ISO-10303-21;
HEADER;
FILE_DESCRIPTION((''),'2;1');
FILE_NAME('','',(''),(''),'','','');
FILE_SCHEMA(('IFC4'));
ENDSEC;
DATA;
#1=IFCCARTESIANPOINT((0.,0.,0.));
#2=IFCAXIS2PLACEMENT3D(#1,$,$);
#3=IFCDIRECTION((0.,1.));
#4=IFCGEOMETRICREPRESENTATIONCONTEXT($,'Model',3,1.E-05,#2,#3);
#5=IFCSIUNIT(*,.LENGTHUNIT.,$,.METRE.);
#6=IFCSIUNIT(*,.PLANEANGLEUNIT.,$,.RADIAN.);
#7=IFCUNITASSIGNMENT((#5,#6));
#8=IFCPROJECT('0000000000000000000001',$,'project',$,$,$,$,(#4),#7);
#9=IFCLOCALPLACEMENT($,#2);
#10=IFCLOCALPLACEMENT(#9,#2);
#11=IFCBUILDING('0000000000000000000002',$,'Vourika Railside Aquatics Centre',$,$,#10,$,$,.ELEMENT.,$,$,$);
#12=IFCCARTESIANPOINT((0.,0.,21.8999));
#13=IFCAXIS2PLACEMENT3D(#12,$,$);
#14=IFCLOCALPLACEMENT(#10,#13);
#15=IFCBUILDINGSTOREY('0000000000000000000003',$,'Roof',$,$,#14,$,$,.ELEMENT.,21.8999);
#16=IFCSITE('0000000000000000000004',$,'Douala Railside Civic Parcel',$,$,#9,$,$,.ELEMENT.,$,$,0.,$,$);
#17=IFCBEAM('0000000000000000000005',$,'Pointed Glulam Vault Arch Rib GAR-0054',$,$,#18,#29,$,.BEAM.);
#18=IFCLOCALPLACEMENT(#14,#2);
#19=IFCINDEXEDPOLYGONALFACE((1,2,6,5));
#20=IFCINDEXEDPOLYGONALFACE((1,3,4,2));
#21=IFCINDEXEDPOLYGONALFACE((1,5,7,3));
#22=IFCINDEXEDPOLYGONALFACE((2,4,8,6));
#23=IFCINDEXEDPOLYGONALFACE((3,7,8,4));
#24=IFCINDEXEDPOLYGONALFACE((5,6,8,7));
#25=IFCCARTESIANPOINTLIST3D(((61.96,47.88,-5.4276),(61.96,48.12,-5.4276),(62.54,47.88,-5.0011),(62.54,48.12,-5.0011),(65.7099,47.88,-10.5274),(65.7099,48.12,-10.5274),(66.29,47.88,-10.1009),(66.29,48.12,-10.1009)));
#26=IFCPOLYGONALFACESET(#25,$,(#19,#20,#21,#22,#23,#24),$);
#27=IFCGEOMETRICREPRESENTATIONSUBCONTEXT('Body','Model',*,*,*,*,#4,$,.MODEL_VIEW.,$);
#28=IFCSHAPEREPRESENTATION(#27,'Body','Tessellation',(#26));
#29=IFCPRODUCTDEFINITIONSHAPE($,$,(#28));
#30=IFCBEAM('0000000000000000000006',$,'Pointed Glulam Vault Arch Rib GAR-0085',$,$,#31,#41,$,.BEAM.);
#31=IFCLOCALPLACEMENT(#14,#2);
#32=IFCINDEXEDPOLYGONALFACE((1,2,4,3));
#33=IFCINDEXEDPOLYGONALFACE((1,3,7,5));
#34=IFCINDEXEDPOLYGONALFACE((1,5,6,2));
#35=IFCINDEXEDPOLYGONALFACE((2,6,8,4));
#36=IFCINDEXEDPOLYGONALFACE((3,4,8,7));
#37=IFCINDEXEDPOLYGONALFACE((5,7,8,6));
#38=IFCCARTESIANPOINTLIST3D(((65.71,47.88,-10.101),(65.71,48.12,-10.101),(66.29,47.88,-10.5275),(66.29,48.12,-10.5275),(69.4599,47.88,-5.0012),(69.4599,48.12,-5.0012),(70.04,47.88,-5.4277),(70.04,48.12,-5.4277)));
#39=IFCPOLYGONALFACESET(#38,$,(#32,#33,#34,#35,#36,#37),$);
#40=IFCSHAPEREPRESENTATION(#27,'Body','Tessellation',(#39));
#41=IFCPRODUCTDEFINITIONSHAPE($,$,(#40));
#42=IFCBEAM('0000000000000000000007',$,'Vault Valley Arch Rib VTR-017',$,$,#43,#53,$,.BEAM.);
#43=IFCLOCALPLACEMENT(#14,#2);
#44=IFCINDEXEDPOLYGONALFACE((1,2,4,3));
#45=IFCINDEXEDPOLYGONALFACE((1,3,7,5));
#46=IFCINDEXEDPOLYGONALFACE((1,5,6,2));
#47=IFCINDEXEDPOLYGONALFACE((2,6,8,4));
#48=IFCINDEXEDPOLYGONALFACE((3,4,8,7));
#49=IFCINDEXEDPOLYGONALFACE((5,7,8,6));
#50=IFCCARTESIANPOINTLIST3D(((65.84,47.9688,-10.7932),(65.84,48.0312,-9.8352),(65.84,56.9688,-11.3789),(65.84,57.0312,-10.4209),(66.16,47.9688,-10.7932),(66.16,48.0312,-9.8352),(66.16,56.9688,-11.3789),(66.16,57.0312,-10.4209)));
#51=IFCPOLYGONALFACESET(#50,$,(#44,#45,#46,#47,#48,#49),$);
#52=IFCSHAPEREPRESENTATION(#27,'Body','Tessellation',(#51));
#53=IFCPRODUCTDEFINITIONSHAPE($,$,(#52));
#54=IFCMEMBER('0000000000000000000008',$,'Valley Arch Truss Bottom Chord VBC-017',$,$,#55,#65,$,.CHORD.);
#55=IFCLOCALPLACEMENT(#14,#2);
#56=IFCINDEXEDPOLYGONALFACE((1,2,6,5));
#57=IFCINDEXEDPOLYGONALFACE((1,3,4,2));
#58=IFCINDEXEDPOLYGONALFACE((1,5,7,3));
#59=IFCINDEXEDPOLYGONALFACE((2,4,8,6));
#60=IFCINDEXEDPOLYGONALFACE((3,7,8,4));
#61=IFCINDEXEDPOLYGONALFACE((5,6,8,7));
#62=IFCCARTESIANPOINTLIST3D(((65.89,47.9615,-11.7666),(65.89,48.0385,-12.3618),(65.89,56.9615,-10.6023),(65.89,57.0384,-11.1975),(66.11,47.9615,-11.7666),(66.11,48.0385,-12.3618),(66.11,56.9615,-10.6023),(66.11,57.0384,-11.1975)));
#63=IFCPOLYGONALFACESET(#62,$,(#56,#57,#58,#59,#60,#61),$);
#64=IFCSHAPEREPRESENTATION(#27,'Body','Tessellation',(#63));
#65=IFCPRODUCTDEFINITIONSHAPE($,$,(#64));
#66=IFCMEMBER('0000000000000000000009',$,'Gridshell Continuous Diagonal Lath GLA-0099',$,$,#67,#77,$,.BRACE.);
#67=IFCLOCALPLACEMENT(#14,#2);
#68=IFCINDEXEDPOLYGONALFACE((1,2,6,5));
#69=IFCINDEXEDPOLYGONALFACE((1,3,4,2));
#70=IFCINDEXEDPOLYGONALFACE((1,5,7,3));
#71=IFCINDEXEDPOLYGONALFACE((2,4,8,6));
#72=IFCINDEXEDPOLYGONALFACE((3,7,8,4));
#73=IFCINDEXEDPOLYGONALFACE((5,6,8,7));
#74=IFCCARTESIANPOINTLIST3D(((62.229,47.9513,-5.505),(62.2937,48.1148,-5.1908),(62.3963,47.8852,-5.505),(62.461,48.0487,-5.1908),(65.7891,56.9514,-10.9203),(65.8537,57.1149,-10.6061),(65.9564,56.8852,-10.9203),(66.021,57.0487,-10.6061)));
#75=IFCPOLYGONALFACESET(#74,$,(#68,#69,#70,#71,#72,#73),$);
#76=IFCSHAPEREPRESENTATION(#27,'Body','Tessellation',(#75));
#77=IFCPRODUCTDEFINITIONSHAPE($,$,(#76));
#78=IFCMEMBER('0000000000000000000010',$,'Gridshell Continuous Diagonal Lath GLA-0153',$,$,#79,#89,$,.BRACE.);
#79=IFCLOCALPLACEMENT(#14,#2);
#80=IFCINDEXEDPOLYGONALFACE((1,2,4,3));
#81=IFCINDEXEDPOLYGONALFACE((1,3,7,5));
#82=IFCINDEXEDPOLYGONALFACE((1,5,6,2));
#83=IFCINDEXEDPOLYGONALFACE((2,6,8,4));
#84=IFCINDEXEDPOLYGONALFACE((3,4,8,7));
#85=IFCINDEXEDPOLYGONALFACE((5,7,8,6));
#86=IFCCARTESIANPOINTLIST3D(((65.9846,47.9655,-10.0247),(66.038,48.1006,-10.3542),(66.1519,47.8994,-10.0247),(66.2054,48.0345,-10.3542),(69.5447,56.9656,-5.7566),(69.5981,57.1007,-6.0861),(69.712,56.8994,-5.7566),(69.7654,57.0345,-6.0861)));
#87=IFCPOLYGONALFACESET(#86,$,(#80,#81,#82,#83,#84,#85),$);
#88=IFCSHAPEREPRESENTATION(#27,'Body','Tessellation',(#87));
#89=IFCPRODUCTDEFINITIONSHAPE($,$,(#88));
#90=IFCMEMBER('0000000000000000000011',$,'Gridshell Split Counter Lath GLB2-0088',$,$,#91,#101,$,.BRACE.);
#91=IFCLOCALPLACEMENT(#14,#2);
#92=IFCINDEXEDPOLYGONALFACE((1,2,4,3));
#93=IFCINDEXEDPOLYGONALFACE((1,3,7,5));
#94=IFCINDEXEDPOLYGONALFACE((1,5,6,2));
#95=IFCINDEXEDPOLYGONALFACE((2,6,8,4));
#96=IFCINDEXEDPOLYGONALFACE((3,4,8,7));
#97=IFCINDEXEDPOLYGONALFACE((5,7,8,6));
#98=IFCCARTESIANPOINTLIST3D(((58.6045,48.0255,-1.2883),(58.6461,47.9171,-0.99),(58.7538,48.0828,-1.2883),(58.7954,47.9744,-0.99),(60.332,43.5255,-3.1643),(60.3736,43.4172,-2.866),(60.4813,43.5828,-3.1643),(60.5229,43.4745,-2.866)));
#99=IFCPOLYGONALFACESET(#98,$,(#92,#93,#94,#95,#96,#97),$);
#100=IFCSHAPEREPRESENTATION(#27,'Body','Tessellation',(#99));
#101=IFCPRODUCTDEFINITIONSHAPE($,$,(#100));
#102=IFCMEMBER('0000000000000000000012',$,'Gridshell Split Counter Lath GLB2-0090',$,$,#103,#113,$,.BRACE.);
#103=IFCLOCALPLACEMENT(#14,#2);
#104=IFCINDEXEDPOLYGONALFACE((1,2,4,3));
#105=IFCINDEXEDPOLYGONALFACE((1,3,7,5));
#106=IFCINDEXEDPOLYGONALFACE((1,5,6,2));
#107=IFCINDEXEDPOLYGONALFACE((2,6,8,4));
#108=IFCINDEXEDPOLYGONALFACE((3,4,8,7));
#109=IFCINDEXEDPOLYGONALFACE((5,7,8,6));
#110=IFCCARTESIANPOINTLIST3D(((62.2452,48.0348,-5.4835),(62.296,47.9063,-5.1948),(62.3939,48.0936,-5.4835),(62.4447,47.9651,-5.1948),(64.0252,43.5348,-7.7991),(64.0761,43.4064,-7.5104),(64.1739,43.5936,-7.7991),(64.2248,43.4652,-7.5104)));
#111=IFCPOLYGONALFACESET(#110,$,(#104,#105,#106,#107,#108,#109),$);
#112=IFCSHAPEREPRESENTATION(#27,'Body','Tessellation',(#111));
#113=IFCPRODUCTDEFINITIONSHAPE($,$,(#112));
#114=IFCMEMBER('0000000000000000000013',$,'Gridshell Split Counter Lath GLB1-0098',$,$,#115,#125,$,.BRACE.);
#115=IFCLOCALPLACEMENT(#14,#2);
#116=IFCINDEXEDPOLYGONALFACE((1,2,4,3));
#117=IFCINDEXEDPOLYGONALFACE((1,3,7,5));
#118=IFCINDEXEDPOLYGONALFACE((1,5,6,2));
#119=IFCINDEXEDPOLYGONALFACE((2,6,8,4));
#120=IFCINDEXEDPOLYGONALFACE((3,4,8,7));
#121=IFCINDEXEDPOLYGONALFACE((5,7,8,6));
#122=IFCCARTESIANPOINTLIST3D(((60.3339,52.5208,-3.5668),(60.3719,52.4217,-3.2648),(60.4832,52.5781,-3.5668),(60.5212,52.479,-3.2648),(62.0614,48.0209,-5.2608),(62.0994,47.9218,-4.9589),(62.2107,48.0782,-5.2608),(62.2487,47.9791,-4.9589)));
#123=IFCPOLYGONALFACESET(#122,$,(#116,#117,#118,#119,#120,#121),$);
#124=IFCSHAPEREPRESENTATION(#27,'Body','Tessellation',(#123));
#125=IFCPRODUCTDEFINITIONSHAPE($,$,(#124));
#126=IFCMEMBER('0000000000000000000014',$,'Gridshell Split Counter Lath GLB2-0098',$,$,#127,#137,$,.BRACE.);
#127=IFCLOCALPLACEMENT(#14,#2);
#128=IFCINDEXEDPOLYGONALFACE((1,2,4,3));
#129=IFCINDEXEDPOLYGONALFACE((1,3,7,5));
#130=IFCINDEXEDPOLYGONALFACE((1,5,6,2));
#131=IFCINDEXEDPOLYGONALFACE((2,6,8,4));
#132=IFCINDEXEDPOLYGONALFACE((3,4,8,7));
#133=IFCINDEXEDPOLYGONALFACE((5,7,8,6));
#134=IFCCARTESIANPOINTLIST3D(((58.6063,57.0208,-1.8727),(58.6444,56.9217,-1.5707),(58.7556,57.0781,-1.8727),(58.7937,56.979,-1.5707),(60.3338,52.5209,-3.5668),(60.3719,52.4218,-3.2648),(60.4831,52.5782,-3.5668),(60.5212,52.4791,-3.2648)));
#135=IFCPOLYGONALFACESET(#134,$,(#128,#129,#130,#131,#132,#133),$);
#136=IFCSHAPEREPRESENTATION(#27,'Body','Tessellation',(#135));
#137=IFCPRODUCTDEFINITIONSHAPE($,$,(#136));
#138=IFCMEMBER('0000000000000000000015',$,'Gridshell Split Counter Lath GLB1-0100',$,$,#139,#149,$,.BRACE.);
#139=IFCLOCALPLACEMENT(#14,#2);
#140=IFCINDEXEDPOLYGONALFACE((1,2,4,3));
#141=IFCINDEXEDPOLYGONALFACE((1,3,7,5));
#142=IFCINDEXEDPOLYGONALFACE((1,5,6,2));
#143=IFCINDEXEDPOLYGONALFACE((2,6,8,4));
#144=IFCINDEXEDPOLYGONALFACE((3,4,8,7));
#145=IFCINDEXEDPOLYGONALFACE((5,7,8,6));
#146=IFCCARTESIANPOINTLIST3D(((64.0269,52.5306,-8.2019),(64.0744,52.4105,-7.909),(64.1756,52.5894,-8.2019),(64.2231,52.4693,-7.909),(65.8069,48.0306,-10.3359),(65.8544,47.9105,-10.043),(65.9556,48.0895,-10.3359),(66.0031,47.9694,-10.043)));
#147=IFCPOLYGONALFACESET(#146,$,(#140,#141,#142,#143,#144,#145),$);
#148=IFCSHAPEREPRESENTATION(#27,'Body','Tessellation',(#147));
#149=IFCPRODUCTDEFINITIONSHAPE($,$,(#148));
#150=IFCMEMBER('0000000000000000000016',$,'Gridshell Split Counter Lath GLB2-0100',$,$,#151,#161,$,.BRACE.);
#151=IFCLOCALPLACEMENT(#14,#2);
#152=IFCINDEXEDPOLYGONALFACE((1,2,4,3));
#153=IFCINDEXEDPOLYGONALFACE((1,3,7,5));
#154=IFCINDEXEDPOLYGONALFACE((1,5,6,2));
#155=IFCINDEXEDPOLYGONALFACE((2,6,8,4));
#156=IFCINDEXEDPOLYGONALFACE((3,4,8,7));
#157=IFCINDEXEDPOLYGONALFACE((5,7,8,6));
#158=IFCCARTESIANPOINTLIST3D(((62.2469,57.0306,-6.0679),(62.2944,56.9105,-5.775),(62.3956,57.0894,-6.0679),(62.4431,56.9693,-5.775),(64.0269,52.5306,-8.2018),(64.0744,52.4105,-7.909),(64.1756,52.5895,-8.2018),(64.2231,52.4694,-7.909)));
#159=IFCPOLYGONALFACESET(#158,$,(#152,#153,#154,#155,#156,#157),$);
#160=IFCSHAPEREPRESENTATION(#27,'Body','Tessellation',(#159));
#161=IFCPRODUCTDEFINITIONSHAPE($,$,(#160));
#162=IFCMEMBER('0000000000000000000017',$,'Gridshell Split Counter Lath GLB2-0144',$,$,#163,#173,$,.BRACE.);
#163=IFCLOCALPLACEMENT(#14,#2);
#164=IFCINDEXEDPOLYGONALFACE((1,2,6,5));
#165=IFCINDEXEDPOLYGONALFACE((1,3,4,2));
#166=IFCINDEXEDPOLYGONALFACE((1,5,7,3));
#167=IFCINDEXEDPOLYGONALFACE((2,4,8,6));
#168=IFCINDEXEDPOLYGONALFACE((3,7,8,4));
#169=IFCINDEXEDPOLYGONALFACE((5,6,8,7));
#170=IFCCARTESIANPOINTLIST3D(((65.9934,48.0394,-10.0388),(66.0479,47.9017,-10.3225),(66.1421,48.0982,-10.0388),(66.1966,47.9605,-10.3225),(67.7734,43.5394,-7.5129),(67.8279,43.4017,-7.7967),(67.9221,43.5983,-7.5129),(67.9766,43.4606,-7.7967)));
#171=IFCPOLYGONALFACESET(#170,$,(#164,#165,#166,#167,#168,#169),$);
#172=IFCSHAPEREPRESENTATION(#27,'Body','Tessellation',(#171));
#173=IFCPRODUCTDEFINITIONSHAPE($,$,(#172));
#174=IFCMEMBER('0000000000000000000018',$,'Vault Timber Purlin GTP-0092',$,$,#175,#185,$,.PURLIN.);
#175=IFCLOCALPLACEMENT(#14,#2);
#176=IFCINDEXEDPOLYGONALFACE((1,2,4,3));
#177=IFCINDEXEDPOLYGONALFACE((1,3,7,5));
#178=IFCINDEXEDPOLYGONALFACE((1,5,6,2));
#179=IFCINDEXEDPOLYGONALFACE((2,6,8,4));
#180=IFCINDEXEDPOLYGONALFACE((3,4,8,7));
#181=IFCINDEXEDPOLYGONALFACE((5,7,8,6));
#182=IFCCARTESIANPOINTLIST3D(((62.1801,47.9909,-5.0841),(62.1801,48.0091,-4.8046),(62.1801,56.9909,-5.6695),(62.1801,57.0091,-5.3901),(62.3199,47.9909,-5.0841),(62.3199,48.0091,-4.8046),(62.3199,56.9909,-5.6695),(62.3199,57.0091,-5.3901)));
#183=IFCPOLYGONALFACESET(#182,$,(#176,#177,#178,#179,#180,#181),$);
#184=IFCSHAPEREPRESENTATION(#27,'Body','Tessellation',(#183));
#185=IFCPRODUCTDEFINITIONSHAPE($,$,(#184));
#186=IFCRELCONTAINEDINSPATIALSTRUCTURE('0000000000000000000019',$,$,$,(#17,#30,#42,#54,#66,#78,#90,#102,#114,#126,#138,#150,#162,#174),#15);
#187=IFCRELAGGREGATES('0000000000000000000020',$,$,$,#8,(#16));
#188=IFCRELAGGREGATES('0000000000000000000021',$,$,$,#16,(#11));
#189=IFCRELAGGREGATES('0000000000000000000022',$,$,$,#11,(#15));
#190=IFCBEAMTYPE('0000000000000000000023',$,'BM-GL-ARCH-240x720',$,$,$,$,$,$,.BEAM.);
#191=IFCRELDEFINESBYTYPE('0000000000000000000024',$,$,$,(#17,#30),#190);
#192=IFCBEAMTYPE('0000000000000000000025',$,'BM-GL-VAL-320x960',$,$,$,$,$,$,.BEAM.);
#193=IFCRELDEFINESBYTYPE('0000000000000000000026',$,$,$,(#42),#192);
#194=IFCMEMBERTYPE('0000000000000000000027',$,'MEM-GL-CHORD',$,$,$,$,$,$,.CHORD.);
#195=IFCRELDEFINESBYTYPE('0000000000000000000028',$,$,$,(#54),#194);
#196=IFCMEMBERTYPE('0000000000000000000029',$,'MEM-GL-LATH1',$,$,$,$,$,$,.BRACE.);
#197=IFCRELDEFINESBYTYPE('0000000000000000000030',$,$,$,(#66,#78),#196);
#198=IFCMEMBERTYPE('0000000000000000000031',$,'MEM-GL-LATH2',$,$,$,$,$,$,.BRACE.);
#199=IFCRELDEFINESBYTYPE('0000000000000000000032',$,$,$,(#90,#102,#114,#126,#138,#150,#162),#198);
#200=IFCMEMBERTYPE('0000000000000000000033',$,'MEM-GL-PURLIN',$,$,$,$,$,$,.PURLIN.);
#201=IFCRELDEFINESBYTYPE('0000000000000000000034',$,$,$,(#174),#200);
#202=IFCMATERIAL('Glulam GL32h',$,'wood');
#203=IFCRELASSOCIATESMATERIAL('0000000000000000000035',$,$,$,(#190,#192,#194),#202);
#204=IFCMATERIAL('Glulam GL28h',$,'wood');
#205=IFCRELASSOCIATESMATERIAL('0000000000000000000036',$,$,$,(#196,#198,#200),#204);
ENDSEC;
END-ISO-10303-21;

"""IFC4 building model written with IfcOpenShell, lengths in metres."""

from ifc_helpers import new_model, si_unit, direction, frame, origin, origin_2d, place, context, subcontext, project, spatial, rectangle, extrude, material, material_profile, profile_set, type_object, element, save


model = new_model("IFC4")

# Units and contexts
model_context = context("Model", 3, precision=1e-05, world=origin(), true_north=direction((0.0, 1.0)))
body_context = subcontext(model_context, "Body", "Model", "MODEL_VIEW")
ifc_project = project(units=[si_unit("LENGTHUNIT", "METRE"), si_unit("PLANEANGLEUNIT", "RADIAN")], contexts=[model_context])

# Site, building, storey
site_placement = place(None, origin())
site = spatial("IfcSite", under=ifc_project, at=site_placement, Name="Douala Railside Civic Parcel", CompositionType="ELEMENT", RefElevation=0.0)
building_placement = place(site_placement, origin())
building = spatial("IfcBuilding", under=site, at=building_placement, Name="Vourika Railside Aquatics Centre", CompositionType="ELEMENT")
storey_placement = place(building_placement, frame((0.0, 0.0, 21.8999)))
storey = spatial("IfcBuildingStorey", under=building, at=storey_placement, Name="Roof", CompositionType="ELEMENT", Elevation=21.8999)

# Beams
ifc_material_1 = material(Name="Glulam GL32h", Category="wood")
ifc_material_profile_1 = material_profile(ifc_material_1, rectangle(XDim=0.24, YDim=0.72, at=origin_2d()), Name="GL32h 240x720")
ifc_profile_set_1 = profile_set([ifc_material_profile_1], Name="Glulam GL32h")
beam_type_1 = type_object("IfcBeamType", Name="BM-GL-ARCH-240x720", PredefinedType="BEAM", material=ifc_profile_set_1)
for number, where, z_axis, x_axis, name in (
    (1, (62.25, 48.0, -5.2144), (0.592401, 0.0, -0.805643), (0.0, 1.0, 0.0), "Pointed Glulam Vault Arch Rib GAR-0054"),
    (2, (66.0, 48.0, -10.3142), (0.592401, 0.0, 0.805643), (0.0, 1.0, 0.0), "Pointed Glulam Vault Arch Rib GAR-0085"),
):
    element("IfcBeam", number, at=place(storey_placement, frame(where, z_axis=z_axis, x_axis=x_axis)), inside=storey, type_object=beam_type_1, Name=name, PredefinedType="BEAM", context=body_context, shape_type="SweptSolid", body=[
        extrude(rectangle(XDim=0.24, YDim=0.72, at=origin_2d()), origin(), (0.0, 0.0, 1.0), 6.3301),
    ])
ifc_material_profile_2 = material_profile(ifc_material_1, rectangle(XDim=0.3201, YDim=0.96, at=origin_2d()), Name="GL32h 320x960")
ifc_profile_set_2 = profile_set([ifc_material_profile_2], Name="Glulam GL32h")
beam_type_2 = type_object("IfcBeamType", Name="BM-GL-VAL-320x960", PredefinedType="BEAM", material=ifc_profile_set_2)
beam_placement = place(storey_placement, frame((66.0, 48.0, -10.3142), z_axis=(0.0, 0.997889, -0.06494), x_axis=(-1.0, 0.0, 0.0)))
element("IfcBeam", 3, at=beam_placement, inside=storey, type_object=beam_type_2, Name="Vault Valley Arch Rib VTR-017", PredefinedType="BEAM", context=body_context, shape_type="SweptSolid", body=[
    extrude(rectangle(XDim=0.3201, YDim=0.96, at=origin_2d()), origin(), (0.0, 0.0, 1.0), 9.019),
])

# Members
ifc_material_profile_3 = material_profile(ifc_material_1, rectangle(XDim=0.22, YDim=0.6001, at=origin_2d()), Name="GL32h 220x600")
ifc_profile_set_3 = profile_set([ifc_material_profile_3], Name="Glulam GL32h")
member_type_1 = type_object("IfcMemberType", Name="MEM-GL-CHORD", PredefinedType="CHORD", material=ifc_profile_set_3)
member_1_placement = place(storey_placement, frame((66.0, 48.0, -12.0642), z_axis=(0.0, 0.991736, 0.128298), x_axis=(-1.0, 0.0, 0.0)))
element("IfcMember", 4, at=member_1_placement, inside=storey, type_object=member_type_1, Name="Valley Arch Truss Bottom Chord VBC-017", PredefinedType="CHORD", context=body_context, shape_type="SweptSolid", body=[
    extrude(rectangle(XDim=0.22, YDim=0.6001, at=origin_2d()), origin(), (0.0, 0.0, 1.0), 9.075),
])
ifc_material_2 = material(Name="Glulam GL28h", Category="wood")
ifc_material_profile_4 = material_profile(ifc_material_2, rectangle(XDim=0.1799, YDim=0.3601, at=origin_2d()), Name="GL28h 180x360")
ifc_profile_set_4 = profile_set([ifc_material_profile_4], Name="Glulam GL28h")
member_type_2 = type_object("IfcMemberType", Name="MEM-GL-LATH1", PredefinedType="BRACE", material=ifc_profile_set_4)
member_2_placement = place(storey_placement, frame((62.345, 48.0, -5.3479), z_axis=(0.321001, 0.811505, -0.488281), x_axis=(-0.929893, 0.36783, 0.0)))
element("IfcMember", 5, at=member_2_placement, inside=storey, type_object=member_type_2, Name="Gridshell Continuous Diagonal Lath GLA-0099", PredefinedType="BRACE", context=body_context, shape_type="SweptSolid", body=[
    extrude(rectangle(XDim=0.1799, YDim=0.3601, at=origin_2d()), origin(), (0.0, 0.0, 1.0), 11.0906),
])
member_3_placement = place(storey_placement, frame((66.095, 48.0, -10.1895), z_axis=(0.336559, 0.850836, 0.403492), x_axis=(-0.929893, 0.36783, 0.0)))
element("IfcMember", 6, at=member_3_placement, inside=storey, type_object=member_type_2, Name="Gridshell Continuous Diagonal Lath GLA-0153", PredefinedType="BRACE", context=body_context, shape_type="SweptSolid", body=[
    extrude(rectangle(XDim=0.1799, YDim=0.3601, at=origin_2d()), origin(), (0.0, 0.0, 1.0), 10.5779),
])
ifc_material_profile_5 = material_profile(ifc_material_2, rectangle(XDim=0.1599, YDim=0.3201, at=origin_2d()), Name="GL28h 160x320")
ifc_profile_set_5 = profile_set([ifc_material_profile_5], Name="Glulam GL28h")
member_type_3 = type_object("IfcMemberType", Name="MEM-GL-LATH2", PredefinedType="BRACE", material=ifc_profile_set_5)
member_4_placement = place(storey_placement, frame((60.4275, 43.5, -3.0151), z_axis=(-0.333992, 0.870003, 0.36269), x_axis=(-0.93357, -0.358395, 0.0)))
element("IfcMember", 7, at=member_4_placement, inside=storey, type_object=member_type_3, Name="Gridshell Split Counter Lath GLB2-0088", PredefinedType="BRACE", context=body_context, shape_type="SweptSolid", body=[
    extrude(rectangle(XDim=0.1599, YDim=0.3201, at=origin_2d()), origin(), (0.0, 0.0, 1.0), 5.1724),
])
member_5_placement = place(storey_placement, frame((64.125, 43.5, -7.6548), z_axis=(-0.331799, 0.838804, 0.431644), x_axis=(-0.929893, -0.36783, 0.0)))
element("IfcMember", 8, at=member_5_placement, inside=storey, type_object=member_type_3, Name="Gridshell Split Counter Lath GLB2-0090", PredefinedType="BRACE", context=body_context, shape_type="SweptSolid", body=[
    extrude(rectangle(XDim=0.1599, YDim=0.3201, at=origin_2d()), origin(), (0.0, 0.0, 1.0), 5.3647),
])
for number, where, z_axis, x_axis, name in (
    (9, (62.155, 48.0, -5.1099), (-0.338121, 0.880757, 0.331574), (-0.93357, -0.358395, 0.0), "Gridshell Split Counter Lath GLB1-0098"),
    (10, (60.4275, 52.5, -3.4158), (-0.338121, 0.880757, 0.331574), (-0.93357, -0.358395, 0.0), "Gridshell Split Counter Lath GLB2-0098"),
):
    element("IfcMember", number, at=place(storey_placement, frame(where, z_axis=z_axis, x_axis=x_axis)), inside=storey, type_object=member_type_3, Name=name, PredefinedType="BRACE", context=body_context, shape_type="SweptSolid", body=[
        extrude(rectangle(XDim=0.1599, YDim=0.3201, at=origin_2d()), origin(), (0.0, 0.0, 1.0), 5.1091),
    ])
for number, where, z_axis, x_axis, name in (
    (11, (65.905, 48.0, -10.1895), (-0.336559, 0.850836, 0.403492), (-0.929893, -0.36783, 0.0), "Gridshell Split Counter Lath GLB1-0100"),
    (12, (64.125, 52.5, -8.0554), (-0.336559, 0.850836, 0.403492), (-0.929893, -0.36783, 0.0), "Gridshell Split Counter Lath GLB2-0100"),
):
    element("IfcMember", number, at=place(storey_placement, frame(where, z_axis=z_axis, x_axis=x_axis)), inside=storey, type_object=member_type_3, Name=name, PredefinedType="BRACE", context=body_context, shape_type="SweptSolid", body=[
        extrude(rectangle(XDim=0.1599, YDim=0.3201, at=origin_2d()), origin(), (0.0, 0.0, 1.0), 5.2888),
    ])
member_6_placement = place(storey_placement, frame((67.875, 43.5, -7.6548), z_axis=(-0.326084, 0.824356, -0.462716), x_axis=(-0.929893, -0.36783, 0.0)))
element("IfcMember", 13, at=member_6_placement, inside=storey, type_object=member_type_3, Name="Gridshell Split Counter Lath GLB2-0144", PredefinedType="BRACE", context=body_context, shape_type="SweptSolid", body=[
    extrude(rectangle(XDim=0.1599, YDim=0.3201, at=origin_2d()), origin(), (0.0, 0.0, 1.0), 5.4587),
])
ifc_material_profile_6 = material_profile(ifc_material_2, rectangle(XDim=0.1399, YDim=0.28, at=origin_2d()), Name="GL28h 140x280")
ifc_profile_set_6 = profile_set([ifc_material_profile_6], Name="Glulam GL28h")
member_type_4 = type_object("IfcMemberType", Name="MEM-GL-PURLIN", PredefinedType="PURLIN", material=ifc_profile_set_6)
member_7_placement = place(storey_placement, frame((62.25, 48.0, -4.9443), z_axis=(0.0, 0.997891, -0.064913), x_axis=(-1.0, 0.0, 0.0)))
element("IfcMember", 14, at=member_7_placement, inside=storey, type_object=member_type_4, Name="Vault Timber Purlin GTP-0092", PredefinedType="PURLIN", context=body_context, shape_type="SweptSolid", body=[
    extrude(rectangle(XDim=0.1399, YDim=0.28, at=origin_2d()), origin(), (0.0, 0.0, 1.0), 9.019),
])

save(model, "model.ifc")
